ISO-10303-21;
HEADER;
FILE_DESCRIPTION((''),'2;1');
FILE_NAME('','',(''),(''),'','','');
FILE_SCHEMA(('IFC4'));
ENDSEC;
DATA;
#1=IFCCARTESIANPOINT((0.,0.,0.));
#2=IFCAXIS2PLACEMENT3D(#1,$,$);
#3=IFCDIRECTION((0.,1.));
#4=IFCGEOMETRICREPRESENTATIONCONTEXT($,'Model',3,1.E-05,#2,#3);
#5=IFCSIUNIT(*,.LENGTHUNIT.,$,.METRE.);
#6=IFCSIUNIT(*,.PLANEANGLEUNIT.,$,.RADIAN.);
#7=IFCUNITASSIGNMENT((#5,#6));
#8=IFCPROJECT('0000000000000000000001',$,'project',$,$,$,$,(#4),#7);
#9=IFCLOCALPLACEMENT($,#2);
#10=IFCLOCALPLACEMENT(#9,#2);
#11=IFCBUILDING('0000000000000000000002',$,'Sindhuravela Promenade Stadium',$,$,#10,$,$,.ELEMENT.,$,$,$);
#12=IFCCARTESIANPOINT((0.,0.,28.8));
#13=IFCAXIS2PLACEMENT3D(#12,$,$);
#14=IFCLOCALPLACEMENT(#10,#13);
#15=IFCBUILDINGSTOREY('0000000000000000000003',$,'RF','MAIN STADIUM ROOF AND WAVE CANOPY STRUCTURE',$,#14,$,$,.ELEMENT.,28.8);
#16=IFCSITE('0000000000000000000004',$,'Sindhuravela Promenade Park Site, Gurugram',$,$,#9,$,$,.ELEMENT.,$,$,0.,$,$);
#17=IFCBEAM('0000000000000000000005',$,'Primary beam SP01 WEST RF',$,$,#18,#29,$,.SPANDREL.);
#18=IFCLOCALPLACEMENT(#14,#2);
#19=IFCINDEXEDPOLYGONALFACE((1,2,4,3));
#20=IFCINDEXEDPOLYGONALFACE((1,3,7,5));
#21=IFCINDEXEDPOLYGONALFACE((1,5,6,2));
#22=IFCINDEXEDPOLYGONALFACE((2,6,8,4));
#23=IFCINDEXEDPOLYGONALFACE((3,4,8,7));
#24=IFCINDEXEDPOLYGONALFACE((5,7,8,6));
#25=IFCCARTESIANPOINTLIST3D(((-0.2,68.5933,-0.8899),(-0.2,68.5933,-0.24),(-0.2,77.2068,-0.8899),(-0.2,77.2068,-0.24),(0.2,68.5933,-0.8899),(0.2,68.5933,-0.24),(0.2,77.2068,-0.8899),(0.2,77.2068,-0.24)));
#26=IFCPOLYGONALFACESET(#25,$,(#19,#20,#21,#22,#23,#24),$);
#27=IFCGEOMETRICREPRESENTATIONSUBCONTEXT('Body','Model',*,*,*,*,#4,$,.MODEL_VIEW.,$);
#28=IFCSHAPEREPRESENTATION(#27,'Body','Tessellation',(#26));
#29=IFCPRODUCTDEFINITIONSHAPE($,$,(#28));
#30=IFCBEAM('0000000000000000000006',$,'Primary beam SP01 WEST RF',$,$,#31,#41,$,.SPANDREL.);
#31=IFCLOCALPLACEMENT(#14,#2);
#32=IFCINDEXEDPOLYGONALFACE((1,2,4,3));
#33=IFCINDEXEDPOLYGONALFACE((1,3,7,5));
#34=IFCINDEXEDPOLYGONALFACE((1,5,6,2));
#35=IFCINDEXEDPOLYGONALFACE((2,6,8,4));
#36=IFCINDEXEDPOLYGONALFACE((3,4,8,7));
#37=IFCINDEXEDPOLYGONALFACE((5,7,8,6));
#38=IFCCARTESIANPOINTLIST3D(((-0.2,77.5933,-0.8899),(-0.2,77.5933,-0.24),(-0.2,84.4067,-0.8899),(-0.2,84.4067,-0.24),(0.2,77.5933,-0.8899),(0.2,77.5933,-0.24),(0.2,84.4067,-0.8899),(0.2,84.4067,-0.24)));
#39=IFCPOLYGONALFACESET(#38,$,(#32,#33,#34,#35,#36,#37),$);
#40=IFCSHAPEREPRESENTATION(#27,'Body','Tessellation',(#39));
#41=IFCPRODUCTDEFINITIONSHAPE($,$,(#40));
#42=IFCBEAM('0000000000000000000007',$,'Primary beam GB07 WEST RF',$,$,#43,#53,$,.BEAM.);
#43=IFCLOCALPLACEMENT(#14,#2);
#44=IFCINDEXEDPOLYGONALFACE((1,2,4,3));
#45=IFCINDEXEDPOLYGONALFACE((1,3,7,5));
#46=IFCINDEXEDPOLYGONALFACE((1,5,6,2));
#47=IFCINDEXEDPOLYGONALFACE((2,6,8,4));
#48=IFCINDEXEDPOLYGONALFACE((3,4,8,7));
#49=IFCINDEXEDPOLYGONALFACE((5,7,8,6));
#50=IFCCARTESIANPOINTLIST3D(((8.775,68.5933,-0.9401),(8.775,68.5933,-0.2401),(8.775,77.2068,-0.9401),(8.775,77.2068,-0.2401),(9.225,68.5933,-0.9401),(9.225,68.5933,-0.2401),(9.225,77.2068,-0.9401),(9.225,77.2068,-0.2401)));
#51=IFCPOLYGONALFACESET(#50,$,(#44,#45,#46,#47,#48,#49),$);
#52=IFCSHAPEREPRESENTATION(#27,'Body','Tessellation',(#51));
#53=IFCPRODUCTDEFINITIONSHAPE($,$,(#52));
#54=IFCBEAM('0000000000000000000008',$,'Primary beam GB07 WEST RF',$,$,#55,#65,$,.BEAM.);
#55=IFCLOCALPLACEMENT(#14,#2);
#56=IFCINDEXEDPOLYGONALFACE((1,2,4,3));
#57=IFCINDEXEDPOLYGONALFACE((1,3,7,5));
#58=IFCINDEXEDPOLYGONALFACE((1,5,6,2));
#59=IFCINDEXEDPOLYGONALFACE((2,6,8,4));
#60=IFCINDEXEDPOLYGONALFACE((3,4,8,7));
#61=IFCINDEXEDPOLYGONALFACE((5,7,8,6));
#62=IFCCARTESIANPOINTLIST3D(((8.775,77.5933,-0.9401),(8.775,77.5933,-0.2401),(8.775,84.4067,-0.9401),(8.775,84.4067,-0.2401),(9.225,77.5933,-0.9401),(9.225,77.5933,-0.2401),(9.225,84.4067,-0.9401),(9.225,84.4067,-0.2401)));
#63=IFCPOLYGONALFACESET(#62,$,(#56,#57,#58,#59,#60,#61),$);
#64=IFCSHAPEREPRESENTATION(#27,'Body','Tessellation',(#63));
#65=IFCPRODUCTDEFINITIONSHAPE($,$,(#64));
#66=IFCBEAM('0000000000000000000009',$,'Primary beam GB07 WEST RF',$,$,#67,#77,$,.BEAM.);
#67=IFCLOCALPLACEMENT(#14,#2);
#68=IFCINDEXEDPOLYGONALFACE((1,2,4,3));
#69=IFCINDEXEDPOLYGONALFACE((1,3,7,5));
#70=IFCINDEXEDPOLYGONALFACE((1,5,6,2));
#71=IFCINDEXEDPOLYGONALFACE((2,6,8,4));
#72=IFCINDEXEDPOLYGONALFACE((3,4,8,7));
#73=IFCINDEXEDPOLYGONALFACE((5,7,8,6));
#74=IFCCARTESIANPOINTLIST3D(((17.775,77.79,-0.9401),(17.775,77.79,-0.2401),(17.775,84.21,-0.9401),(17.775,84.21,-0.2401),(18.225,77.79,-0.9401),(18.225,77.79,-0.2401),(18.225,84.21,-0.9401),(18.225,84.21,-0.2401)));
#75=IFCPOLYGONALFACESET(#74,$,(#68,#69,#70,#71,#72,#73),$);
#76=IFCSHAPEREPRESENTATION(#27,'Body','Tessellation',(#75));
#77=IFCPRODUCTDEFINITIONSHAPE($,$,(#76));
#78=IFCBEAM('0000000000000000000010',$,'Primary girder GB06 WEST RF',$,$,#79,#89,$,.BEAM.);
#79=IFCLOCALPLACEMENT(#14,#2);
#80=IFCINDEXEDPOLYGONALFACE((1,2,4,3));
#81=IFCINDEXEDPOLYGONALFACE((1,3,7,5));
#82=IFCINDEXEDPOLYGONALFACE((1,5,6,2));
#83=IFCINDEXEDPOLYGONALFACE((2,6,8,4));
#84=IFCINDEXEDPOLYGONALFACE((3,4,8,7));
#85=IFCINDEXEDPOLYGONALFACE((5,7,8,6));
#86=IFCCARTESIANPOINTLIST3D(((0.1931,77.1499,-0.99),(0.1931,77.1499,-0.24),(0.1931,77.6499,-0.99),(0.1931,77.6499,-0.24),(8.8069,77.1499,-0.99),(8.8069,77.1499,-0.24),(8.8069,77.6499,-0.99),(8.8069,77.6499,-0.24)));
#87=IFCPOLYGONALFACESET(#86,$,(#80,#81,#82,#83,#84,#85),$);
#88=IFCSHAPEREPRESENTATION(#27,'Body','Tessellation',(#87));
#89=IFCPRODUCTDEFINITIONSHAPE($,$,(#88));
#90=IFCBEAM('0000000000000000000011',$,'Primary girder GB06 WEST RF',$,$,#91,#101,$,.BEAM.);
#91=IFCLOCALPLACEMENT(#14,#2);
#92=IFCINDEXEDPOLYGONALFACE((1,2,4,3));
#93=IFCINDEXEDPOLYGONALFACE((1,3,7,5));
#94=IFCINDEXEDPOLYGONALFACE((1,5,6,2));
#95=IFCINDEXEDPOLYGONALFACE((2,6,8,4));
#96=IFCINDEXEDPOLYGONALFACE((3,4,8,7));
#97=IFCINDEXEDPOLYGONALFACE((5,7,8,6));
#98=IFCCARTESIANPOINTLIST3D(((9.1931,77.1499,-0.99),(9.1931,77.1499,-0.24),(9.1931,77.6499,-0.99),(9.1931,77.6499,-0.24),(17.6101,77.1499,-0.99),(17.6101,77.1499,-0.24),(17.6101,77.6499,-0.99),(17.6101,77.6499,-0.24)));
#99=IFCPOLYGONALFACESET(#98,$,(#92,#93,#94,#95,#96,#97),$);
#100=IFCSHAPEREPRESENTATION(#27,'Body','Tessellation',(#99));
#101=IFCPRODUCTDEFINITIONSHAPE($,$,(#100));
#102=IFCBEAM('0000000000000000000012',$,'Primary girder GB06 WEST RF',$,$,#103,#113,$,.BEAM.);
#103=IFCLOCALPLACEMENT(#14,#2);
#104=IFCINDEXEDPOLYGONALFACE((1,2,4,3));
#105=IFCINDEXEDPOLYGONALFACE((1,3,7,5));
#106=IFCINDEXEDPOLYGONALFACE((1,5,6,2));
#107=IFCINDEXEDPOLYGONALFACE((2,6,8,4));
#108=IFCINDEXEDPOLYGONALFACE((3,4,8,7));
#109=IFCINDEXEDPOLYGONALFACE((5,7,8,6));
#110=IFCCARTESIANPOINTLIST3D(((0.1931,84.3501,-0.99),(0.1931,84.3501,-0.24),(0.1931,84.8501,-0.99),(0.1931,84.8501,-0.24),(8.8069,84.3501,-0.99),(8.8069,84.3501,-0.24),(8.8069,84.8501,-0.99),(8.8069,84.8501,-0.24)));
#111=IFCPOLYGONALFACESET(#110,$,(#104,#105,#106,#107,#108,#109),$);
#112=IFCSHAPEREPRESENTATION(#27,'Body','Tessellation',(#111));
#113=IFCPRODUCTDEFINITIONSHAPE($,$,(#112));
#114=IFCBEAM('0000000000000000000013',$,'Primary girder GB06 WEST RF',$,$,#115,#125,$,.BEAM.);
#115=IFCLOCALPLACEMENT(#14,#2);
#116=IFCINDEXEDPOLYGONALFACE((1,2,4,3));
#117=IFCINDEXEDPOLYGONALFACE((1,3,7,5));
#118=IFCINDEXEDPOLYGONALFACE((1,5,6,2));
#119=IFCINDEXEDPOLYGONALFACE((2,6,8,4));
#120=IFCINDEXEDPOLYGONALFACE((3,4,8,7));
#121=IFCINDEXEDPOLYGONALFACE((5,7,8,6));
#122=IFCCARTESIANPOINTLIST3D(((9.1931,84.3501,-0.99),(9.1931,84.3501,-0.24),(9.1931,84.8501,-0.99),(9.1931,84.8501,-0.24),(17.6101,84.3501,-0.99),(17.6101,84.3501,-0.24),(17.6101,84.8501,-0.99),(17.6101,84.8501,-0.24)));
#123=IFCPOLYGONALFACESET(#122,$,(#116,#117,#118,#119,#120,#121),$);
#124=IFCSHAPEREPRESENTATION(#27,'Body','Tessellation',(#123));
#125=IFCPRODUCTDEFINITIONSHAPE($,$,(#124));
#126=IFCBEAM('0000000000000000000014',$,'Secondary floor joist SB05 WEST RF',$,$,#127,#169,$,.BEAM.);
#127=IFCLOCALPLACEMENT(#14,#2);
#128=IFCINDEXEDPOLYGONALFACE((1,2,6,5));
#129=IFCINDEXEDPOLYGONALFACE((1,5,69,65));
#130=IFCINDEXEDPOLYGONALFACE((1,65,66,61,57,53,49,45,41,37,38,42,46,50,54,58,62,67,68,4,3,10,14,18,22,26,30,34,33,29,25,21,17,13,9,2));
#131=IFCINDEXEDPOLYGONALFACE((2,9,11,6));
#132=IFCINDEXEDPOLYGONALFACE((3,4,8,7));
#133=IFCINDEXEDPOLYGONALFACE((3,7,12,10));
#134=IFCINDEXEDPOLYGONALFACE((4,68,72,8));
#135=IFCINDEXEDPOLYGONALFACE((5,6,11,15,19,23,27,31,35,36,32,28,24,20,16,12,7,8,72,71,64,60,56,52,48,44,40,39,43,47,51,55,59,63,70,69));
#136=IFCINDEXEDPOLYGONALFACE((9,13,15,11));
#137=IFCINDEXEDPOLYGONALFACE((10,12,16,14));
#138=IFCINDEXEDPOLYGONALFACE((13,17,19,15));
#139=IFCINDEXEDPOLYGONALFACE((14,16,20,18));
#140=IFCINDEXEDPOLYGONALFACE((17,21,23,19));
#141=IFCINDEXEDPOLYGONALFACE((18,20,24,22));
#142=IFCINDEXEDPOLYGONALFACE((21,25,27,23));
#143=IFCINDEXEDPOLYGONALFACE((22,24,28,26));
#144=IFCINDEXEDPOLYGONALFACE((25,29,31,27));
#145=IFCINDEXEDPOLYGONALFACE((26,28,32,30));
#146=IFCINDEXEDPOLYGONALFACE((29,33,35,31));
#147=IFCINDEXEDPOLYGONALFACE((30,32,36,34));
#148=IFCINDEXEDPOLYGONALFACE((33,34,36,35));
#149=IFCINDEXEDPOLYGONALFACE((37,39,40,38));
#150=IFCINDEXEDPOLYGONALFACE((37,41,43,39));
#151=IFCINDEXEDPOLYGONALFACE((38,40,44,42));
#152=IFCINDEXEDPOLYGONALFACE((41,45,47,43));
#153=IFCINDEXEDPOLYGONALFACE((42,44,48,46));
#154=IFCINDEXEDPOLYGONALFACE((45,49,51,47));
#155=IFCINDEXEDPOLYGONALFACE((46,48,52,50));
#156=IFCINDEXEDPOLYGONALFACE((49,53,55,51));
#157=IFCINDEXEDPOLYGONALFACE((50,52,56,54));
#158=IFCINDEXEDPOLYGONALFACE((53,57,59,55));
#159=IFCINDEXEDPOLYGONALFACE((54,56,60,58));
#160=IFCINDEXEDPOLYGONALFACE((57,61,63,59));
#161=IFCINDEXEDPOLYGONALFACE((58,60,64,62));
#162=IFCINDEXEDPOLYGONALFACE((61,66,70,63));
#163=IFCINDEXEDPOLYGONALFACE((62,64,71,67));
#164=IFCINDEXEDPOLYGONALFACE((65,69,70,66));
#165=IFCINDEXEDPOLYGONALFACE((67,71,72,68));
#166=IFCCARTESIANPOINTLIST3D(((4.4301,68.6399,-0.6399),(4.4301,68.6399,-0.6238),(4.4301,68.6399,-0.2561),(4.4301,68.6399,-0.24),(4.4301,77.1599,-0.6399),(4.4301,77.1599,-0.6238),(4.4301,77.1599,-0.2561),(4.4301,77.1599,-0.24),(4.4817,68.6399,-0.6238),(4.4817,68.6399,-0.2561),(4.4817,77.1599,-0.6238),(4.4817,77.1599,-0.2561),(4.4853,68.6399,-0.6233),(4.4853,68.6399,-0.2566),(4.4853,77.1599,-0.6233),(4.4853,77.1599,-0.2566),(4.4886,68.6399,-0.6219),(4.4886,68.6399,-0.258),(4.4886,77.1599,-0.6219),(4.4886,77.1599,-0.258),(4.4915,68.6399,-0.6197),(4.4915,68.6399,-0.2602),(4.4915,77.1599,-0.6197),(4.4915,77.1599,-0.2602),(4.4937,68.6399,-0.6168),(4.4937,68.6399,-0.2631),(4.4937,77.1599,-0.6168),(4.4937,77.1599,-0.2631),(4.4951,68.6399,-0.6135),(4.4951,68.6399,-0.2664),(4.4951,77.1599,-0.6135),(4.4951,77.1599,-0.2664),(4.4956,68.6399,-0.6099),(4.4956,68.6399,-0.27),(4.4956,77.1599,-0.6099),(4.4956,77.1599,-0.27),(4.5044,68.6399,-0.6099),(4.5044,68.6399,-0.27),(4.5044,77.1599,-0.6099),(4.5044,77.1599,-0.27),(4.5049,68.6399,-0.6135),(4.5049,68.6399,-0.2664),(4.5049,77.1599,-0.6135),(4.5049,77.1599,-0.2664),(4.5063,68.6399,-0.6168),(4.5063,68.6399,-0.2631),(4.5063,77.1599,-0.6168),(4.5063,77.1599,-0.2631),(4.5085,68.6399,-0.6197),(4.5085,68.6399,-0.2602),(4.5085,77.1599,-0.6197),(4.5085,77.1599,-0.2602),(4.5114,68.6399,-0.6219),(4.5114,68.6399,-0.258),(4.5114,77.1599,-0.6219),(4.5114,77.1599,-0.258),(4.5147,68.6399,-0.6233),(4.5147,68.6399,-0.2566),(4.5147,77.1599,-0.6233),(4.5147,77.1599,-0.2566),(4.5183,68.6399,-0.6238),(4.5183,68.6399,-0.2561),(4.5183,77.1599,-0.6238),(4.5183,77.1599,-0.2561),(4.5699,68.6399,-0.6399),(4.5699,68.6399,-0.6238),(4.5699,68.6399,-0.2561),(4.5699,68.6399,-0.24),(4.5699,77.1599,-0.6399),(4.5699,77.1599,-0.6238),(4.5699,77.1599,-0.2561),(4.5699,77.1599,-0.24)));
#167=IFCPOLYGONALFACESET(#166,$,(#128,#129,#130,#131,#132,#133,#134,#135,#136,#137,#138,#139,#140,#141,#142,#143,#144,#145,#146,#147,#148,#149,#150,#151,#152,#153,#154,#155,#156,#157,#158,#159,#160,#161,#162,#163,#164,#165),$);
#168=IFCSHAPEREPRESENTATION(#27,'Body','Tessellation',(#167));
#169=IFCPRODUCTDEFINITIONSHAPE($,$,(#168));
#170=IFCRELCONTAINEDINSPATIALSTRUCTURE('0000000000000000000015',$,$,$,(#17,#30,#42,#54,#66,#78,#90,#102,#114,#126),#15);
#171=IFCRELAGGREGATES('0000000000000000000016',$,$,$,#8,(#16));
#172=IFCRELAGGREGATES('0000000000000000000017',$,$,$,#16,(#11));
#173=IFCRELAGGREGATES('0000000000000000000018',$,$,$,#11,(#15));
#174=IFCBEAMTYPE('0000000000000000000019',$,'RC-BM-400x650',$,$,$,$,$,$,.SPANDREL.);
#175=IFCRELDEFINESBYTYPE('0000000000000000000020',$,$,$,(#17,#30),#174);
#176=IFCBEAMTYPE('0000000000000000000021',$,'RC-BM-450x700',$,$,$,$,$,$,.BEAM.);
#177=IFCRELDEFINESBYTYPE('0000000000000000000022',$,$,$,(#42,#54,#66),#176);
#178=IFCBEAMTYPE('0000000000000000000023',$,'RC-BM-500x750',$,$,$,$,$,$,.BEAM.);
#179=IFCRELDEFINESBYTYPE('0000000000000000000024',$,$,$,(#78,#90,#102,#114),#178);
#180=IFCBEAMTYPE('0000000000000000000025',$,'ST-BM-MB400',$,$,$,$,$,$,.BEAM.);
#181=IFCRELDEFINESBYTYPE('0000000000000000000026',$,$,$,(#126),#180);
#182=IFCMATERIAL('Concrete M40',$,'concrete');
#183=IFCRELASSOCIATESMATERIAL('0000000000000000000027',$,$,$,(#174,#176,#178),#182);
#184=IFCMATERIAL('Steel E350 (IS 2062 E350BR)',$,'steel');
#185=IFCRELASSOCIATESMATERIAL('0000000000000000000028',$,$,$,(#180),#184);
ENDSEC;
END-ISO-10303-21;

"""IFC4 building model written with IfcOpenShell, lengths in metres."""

from ifc_helpers import new_model, si_unit, direction, frame, origin, origin_2d, place, context, subcontext, project, spatial, rectangle, i_section, extrude, material, material_profile, profile_set, type_object, element, save


model = new_model("IFC4")

# Units and contexts
model_context = context("Model", 3, precision=1e-05, world=origin(), true_north=direction((0.0, 1.0)))
body_context = subcontext(model_context, "Body", "Model", "MODEL_VIEW")
ifc_project = project(units=[si_unit("LENGTHUNIT", "METRE"), si_unit("PLANEANGLEUNIT", "RADIAN")], contexts=[model_context])

# Site, building, storey
site_placement = place(None, origin())
site = spatial("IfcSite", under=ifc_project, at=site_placement, Name="Sindhuravela Promenade Park Site, Gurugram", CompositionType="ELEMENT", RefElevation=0.0)
building_placement = place(site_placement, origin())
building = spatial("IfcBuilding", under=site, at=building_placement, Name="Sindhuravela Promenade Stadium", CompositionType="ELEMENT")
storey_placement = place(building_placement, frame((0.0, 0.0, 28.8)))
storey = spatial("IfcBuildingStorey", under=building, at=storey_placement, Name="RF", Description="MAIN STADIUM ROOF AND WAVE CANOPY STRUCTURE", CompositionType="ELEMENT", Elevation=28.8)

# Beams
ifc_material_1 = material(Name="Concrete M40", Category="concrete")
ifc_material_profile_1 = material_profile(ifc_material_1, rectangle(XDim=0.3999, YDim=0.6499, at=origin_2d()), Name="RC 400x650")
ifc_profile_set_1 = profile_set([ifc_material_profile_1], Name="Concrete M40")
beam_type_1 = type_object("IfcBeamType", Name="RC-BM-400x650", PredefinedType="SPANDREL", material=ifc_profile_set_1)
beam_1_placement = place(storey_placement, frame((0.0, 68.5933, -0.5649), z_axis=(0.0, 1.0, 0.0), x_axis=(-1.0, 0.0, 0.0)))
element("IfcBeam", 1, at=beam_1_placement, inside=storey, type_object=beam_type_1, Name="Primary beam SP01 WEST RF", PredefinedType="SPANDREL", context=body_context, shape_type="SweptSolid", body=[
    extrude(rectangle(XDim=0.3999, YDim=0.6499, at=origin_2d()), origin(), (0.0, 0.0, 1.0), 8.6135),
])
beam_2_placement = place(storey_placement, frame((0.0, 77.5933, -0.5649), z_axis=(0.0, 1.0, 0.0), x_axis=(-1.0, 0.0, 0.0)))
element("IfcBeam", 2, at=beam_2_placement, inside=storey, type_object=beam_type_1, Name="Primary beam SP01 WEST RF", PredefinedType="SPANDREL", context=body_context, shape_type="SweptSolid", body=[
    extrude(rectangle(XDim=0.3999, YDim=0.6499, at=origin_2d()), origin(), (0.0, 0.0, 1.0), 6.8135),
])
ifc_material_profile_2 = material_profile(ifc_material_1, rectangle(XDim=0.45, YDim=0.7, at=origin_2d()), Name="RC 450x700")
ifc_profile_set_2 = profile_set([ifc_material_profile_2], Name="Concrete M40")
beam_type_2 = type_object("IfcBeamType", Name="RC-BM-450x700", PredefinedType="BEAM", material=ifc_profile_set_2)
beam_3_placement = place(storey_placement, frame((9.0, 68.5933, -0.5901), z_axis=(0.0, 1.0, 0.0), x_axis=(-1.0, 0.0, 0.0)))
element("IfcBeam", 3, at=beam_3_placement, inside=storey, type_object=beam_type_2, Name="Primary beam GB07 WEST RF", PredefinedType="BEAM", context=body_context, shape_type="SweptSolid", body=[
    extrude(rectangle(XDim=0.45, YDim=0.7, at=origin_2d()), origin(), (0.0, 0.0, 1.0), 8.6135),
])
beam_4_placement = place(storey_placement, frame((9.0, 77.5933, -0.5901), z_axis=(0.0, 1.0, 0.0), x_axis=(-1.0, 0.0, 0.0)))
element("IfcBeam", 4, at=beam_4_placement, inside=storey, type_object=beam_type_2, Name="Primary beam GB07 WEST RF", PredefinedType="BEAM", context=body_context, shape_type="SweptSolid", body=[
    extrude(rectangle(XDim=0.45, YDim=0.7, at=origin_2d()), origin(), (0.0, 0.0, 1.0), 6.8135),
])
beam_5_placement = place(storey_placement, frame((18.0, 77.79, -0.5901), z_axis=(0.0, 1.0, 0.0), x_axis=(-1.0, 0.0, 0.0)))
element("IfcBeam", 5, at=beam_5_placement, inside=storey, type_object=beam_type_2, Name="Primary beam GB07 WEST RF", PredefinedType="BEAM", context=body_context, shape_type="SweptSolid", body=[
    extrude(rectangle(XDim=0.45, YDim=0.7, at=origin_2d()), origin(), (0.0, 0.0, 1.0), 6.4199),
])
ifc_material_profile_3 = material_profile(ifc_material_1, rectangle(XDim=0.5, YDim=0.75, at=origin_2d()), Name="RC 500x750")
ifc_profile_set_3 = profile_set([ifc_material_profile_3], Name="Concrete M40")
beam_type_3 = type_object("IfcBeamType", Name="RC-BM-500x750", PredefinedType="BEAM", material=ifc_profile_set_3)
beam_6_placement = place(storey_placement, frame((0.1931, 77.3999, -0.615), z_axis=(1.0, 0.0, 0.0), x_axis=(0.0, 1.0, 0.0)))
element("IfcBeam", 6, at=beam_6_placement, inside=storey, type_object=beam_type_3, Name="Primary girder GB06 WEST RF", PredefinedType="BEAM", context=body_context, shape_type="SweptSolid", body=[
    extrude(rectangle(XDim=0.5, YDim=0.75, at=origin_2d()), origin(), (0.0, 0.0, 1.0), 8.6138),
])
beam_7_placement = place(storey_placement, frame((9.1931, 77.3999, -0.615), z_axis=(1.0, 0.0, 0.0), x_axis=(0.0, 1.0, 0.0)))
element("IfcBeam", 7, at=beam_7_placement, inside=storey, type_object=beam_type_3, Name="Primary girder GB06 WEST RF", PredefinedType="BEAM", context=body_context, shape_type="SweptSolid", body=[
    extrude(rectangle(XDim=0.5, YDim=0.75, at=origin_2d()), origin(), (0.0, 0.0, 1.0), 8.417),
])
beam_8_placement = place(storey_placement, frame((0.1931, 84.6001, -0.615), z_axis=(1.0, 0.0, 0.0), x_axis=(0.0, 1.0, 0.0)))
element("IfcBeam", 8, at=beam_8_placement, inside=storey, type_object=beam_type_3, Name="Primary girder GB06 WEST RF", PredefinedType="BEAM", context=body_context, shape_type="SweptSolid", body=[
    extrude(rectangle(XDim=0.5, YDim=0.75, at=origin_2d()), origin(), (0.0, 0.0, 1.0), 8.6138),
])
beam_9_placement = place(storey_placement, frame((9.1931, 84.6001, -0.615), z_axis=(1.0, 0.0, 0.0), x_axis=(0.0, 1.0, 0.0)))
element("IfcBeam", 9, at=beam_9_placement, inside=storey, type_object=beam_type_3, Name="Primary girder GB06 WEST RF", PredefinedType="BEAM", context=body_context, shape_type="SweptSolid", body=[
    extrude(rectangle(XDim=0.5, YDim=0.75, at=origin_2d()), origin(), (0.0, 0.0, 1.0), 8.417),
])
ifc_material_2 = material(Name="Steel E350 (IS 2062 E350BR)", Category="steel")
ifc_material_profile_4 = material_profile(ifc_material_2, i_section(OverallWidth=0.1399, OverallDepth=0.3999, WebThickness=0.0088, FlangeThickness=0.0161, FilletRadius=0.0139, at=origin_2d()), Name="ISMB 400")
ifc_profile_set_4 = profile_set([ifc_material_profile_4], Name="Steel E350 (IS 2062 E350BR)")
beam_type_4 = type_object("IfcBeamType", Name="ST-BM-MB400", PredefinedType="BEAM", material=ifc_profile_set_4)
beam_10_placement = place(storey_placement, frame((4.5, 68.6399, -0.4399), z_axis=(0.0, 1.0, 0.0), x_axis=(-1.0, 0.0, 0.0)))
element("IfcBeam", 10, at=beam_10_placement, inside=storey, type_object=beam_type_4, Name="Secondary floor joist SB05 WEST RF", PredefinedType="BEAM", context=body_context, shape_type="SweptSolid", body=[
    extrude(i_section(OverallWidth=0.1399, OverallDepth=0.3999, WebThickness=0.0088, FlangeThickness=0.0161, FilletRadius=0.0139, at=origin_2d()), origin(), (0.0, 0.0, 1.0), 8.52),
])

save(model, "model.ifc")
